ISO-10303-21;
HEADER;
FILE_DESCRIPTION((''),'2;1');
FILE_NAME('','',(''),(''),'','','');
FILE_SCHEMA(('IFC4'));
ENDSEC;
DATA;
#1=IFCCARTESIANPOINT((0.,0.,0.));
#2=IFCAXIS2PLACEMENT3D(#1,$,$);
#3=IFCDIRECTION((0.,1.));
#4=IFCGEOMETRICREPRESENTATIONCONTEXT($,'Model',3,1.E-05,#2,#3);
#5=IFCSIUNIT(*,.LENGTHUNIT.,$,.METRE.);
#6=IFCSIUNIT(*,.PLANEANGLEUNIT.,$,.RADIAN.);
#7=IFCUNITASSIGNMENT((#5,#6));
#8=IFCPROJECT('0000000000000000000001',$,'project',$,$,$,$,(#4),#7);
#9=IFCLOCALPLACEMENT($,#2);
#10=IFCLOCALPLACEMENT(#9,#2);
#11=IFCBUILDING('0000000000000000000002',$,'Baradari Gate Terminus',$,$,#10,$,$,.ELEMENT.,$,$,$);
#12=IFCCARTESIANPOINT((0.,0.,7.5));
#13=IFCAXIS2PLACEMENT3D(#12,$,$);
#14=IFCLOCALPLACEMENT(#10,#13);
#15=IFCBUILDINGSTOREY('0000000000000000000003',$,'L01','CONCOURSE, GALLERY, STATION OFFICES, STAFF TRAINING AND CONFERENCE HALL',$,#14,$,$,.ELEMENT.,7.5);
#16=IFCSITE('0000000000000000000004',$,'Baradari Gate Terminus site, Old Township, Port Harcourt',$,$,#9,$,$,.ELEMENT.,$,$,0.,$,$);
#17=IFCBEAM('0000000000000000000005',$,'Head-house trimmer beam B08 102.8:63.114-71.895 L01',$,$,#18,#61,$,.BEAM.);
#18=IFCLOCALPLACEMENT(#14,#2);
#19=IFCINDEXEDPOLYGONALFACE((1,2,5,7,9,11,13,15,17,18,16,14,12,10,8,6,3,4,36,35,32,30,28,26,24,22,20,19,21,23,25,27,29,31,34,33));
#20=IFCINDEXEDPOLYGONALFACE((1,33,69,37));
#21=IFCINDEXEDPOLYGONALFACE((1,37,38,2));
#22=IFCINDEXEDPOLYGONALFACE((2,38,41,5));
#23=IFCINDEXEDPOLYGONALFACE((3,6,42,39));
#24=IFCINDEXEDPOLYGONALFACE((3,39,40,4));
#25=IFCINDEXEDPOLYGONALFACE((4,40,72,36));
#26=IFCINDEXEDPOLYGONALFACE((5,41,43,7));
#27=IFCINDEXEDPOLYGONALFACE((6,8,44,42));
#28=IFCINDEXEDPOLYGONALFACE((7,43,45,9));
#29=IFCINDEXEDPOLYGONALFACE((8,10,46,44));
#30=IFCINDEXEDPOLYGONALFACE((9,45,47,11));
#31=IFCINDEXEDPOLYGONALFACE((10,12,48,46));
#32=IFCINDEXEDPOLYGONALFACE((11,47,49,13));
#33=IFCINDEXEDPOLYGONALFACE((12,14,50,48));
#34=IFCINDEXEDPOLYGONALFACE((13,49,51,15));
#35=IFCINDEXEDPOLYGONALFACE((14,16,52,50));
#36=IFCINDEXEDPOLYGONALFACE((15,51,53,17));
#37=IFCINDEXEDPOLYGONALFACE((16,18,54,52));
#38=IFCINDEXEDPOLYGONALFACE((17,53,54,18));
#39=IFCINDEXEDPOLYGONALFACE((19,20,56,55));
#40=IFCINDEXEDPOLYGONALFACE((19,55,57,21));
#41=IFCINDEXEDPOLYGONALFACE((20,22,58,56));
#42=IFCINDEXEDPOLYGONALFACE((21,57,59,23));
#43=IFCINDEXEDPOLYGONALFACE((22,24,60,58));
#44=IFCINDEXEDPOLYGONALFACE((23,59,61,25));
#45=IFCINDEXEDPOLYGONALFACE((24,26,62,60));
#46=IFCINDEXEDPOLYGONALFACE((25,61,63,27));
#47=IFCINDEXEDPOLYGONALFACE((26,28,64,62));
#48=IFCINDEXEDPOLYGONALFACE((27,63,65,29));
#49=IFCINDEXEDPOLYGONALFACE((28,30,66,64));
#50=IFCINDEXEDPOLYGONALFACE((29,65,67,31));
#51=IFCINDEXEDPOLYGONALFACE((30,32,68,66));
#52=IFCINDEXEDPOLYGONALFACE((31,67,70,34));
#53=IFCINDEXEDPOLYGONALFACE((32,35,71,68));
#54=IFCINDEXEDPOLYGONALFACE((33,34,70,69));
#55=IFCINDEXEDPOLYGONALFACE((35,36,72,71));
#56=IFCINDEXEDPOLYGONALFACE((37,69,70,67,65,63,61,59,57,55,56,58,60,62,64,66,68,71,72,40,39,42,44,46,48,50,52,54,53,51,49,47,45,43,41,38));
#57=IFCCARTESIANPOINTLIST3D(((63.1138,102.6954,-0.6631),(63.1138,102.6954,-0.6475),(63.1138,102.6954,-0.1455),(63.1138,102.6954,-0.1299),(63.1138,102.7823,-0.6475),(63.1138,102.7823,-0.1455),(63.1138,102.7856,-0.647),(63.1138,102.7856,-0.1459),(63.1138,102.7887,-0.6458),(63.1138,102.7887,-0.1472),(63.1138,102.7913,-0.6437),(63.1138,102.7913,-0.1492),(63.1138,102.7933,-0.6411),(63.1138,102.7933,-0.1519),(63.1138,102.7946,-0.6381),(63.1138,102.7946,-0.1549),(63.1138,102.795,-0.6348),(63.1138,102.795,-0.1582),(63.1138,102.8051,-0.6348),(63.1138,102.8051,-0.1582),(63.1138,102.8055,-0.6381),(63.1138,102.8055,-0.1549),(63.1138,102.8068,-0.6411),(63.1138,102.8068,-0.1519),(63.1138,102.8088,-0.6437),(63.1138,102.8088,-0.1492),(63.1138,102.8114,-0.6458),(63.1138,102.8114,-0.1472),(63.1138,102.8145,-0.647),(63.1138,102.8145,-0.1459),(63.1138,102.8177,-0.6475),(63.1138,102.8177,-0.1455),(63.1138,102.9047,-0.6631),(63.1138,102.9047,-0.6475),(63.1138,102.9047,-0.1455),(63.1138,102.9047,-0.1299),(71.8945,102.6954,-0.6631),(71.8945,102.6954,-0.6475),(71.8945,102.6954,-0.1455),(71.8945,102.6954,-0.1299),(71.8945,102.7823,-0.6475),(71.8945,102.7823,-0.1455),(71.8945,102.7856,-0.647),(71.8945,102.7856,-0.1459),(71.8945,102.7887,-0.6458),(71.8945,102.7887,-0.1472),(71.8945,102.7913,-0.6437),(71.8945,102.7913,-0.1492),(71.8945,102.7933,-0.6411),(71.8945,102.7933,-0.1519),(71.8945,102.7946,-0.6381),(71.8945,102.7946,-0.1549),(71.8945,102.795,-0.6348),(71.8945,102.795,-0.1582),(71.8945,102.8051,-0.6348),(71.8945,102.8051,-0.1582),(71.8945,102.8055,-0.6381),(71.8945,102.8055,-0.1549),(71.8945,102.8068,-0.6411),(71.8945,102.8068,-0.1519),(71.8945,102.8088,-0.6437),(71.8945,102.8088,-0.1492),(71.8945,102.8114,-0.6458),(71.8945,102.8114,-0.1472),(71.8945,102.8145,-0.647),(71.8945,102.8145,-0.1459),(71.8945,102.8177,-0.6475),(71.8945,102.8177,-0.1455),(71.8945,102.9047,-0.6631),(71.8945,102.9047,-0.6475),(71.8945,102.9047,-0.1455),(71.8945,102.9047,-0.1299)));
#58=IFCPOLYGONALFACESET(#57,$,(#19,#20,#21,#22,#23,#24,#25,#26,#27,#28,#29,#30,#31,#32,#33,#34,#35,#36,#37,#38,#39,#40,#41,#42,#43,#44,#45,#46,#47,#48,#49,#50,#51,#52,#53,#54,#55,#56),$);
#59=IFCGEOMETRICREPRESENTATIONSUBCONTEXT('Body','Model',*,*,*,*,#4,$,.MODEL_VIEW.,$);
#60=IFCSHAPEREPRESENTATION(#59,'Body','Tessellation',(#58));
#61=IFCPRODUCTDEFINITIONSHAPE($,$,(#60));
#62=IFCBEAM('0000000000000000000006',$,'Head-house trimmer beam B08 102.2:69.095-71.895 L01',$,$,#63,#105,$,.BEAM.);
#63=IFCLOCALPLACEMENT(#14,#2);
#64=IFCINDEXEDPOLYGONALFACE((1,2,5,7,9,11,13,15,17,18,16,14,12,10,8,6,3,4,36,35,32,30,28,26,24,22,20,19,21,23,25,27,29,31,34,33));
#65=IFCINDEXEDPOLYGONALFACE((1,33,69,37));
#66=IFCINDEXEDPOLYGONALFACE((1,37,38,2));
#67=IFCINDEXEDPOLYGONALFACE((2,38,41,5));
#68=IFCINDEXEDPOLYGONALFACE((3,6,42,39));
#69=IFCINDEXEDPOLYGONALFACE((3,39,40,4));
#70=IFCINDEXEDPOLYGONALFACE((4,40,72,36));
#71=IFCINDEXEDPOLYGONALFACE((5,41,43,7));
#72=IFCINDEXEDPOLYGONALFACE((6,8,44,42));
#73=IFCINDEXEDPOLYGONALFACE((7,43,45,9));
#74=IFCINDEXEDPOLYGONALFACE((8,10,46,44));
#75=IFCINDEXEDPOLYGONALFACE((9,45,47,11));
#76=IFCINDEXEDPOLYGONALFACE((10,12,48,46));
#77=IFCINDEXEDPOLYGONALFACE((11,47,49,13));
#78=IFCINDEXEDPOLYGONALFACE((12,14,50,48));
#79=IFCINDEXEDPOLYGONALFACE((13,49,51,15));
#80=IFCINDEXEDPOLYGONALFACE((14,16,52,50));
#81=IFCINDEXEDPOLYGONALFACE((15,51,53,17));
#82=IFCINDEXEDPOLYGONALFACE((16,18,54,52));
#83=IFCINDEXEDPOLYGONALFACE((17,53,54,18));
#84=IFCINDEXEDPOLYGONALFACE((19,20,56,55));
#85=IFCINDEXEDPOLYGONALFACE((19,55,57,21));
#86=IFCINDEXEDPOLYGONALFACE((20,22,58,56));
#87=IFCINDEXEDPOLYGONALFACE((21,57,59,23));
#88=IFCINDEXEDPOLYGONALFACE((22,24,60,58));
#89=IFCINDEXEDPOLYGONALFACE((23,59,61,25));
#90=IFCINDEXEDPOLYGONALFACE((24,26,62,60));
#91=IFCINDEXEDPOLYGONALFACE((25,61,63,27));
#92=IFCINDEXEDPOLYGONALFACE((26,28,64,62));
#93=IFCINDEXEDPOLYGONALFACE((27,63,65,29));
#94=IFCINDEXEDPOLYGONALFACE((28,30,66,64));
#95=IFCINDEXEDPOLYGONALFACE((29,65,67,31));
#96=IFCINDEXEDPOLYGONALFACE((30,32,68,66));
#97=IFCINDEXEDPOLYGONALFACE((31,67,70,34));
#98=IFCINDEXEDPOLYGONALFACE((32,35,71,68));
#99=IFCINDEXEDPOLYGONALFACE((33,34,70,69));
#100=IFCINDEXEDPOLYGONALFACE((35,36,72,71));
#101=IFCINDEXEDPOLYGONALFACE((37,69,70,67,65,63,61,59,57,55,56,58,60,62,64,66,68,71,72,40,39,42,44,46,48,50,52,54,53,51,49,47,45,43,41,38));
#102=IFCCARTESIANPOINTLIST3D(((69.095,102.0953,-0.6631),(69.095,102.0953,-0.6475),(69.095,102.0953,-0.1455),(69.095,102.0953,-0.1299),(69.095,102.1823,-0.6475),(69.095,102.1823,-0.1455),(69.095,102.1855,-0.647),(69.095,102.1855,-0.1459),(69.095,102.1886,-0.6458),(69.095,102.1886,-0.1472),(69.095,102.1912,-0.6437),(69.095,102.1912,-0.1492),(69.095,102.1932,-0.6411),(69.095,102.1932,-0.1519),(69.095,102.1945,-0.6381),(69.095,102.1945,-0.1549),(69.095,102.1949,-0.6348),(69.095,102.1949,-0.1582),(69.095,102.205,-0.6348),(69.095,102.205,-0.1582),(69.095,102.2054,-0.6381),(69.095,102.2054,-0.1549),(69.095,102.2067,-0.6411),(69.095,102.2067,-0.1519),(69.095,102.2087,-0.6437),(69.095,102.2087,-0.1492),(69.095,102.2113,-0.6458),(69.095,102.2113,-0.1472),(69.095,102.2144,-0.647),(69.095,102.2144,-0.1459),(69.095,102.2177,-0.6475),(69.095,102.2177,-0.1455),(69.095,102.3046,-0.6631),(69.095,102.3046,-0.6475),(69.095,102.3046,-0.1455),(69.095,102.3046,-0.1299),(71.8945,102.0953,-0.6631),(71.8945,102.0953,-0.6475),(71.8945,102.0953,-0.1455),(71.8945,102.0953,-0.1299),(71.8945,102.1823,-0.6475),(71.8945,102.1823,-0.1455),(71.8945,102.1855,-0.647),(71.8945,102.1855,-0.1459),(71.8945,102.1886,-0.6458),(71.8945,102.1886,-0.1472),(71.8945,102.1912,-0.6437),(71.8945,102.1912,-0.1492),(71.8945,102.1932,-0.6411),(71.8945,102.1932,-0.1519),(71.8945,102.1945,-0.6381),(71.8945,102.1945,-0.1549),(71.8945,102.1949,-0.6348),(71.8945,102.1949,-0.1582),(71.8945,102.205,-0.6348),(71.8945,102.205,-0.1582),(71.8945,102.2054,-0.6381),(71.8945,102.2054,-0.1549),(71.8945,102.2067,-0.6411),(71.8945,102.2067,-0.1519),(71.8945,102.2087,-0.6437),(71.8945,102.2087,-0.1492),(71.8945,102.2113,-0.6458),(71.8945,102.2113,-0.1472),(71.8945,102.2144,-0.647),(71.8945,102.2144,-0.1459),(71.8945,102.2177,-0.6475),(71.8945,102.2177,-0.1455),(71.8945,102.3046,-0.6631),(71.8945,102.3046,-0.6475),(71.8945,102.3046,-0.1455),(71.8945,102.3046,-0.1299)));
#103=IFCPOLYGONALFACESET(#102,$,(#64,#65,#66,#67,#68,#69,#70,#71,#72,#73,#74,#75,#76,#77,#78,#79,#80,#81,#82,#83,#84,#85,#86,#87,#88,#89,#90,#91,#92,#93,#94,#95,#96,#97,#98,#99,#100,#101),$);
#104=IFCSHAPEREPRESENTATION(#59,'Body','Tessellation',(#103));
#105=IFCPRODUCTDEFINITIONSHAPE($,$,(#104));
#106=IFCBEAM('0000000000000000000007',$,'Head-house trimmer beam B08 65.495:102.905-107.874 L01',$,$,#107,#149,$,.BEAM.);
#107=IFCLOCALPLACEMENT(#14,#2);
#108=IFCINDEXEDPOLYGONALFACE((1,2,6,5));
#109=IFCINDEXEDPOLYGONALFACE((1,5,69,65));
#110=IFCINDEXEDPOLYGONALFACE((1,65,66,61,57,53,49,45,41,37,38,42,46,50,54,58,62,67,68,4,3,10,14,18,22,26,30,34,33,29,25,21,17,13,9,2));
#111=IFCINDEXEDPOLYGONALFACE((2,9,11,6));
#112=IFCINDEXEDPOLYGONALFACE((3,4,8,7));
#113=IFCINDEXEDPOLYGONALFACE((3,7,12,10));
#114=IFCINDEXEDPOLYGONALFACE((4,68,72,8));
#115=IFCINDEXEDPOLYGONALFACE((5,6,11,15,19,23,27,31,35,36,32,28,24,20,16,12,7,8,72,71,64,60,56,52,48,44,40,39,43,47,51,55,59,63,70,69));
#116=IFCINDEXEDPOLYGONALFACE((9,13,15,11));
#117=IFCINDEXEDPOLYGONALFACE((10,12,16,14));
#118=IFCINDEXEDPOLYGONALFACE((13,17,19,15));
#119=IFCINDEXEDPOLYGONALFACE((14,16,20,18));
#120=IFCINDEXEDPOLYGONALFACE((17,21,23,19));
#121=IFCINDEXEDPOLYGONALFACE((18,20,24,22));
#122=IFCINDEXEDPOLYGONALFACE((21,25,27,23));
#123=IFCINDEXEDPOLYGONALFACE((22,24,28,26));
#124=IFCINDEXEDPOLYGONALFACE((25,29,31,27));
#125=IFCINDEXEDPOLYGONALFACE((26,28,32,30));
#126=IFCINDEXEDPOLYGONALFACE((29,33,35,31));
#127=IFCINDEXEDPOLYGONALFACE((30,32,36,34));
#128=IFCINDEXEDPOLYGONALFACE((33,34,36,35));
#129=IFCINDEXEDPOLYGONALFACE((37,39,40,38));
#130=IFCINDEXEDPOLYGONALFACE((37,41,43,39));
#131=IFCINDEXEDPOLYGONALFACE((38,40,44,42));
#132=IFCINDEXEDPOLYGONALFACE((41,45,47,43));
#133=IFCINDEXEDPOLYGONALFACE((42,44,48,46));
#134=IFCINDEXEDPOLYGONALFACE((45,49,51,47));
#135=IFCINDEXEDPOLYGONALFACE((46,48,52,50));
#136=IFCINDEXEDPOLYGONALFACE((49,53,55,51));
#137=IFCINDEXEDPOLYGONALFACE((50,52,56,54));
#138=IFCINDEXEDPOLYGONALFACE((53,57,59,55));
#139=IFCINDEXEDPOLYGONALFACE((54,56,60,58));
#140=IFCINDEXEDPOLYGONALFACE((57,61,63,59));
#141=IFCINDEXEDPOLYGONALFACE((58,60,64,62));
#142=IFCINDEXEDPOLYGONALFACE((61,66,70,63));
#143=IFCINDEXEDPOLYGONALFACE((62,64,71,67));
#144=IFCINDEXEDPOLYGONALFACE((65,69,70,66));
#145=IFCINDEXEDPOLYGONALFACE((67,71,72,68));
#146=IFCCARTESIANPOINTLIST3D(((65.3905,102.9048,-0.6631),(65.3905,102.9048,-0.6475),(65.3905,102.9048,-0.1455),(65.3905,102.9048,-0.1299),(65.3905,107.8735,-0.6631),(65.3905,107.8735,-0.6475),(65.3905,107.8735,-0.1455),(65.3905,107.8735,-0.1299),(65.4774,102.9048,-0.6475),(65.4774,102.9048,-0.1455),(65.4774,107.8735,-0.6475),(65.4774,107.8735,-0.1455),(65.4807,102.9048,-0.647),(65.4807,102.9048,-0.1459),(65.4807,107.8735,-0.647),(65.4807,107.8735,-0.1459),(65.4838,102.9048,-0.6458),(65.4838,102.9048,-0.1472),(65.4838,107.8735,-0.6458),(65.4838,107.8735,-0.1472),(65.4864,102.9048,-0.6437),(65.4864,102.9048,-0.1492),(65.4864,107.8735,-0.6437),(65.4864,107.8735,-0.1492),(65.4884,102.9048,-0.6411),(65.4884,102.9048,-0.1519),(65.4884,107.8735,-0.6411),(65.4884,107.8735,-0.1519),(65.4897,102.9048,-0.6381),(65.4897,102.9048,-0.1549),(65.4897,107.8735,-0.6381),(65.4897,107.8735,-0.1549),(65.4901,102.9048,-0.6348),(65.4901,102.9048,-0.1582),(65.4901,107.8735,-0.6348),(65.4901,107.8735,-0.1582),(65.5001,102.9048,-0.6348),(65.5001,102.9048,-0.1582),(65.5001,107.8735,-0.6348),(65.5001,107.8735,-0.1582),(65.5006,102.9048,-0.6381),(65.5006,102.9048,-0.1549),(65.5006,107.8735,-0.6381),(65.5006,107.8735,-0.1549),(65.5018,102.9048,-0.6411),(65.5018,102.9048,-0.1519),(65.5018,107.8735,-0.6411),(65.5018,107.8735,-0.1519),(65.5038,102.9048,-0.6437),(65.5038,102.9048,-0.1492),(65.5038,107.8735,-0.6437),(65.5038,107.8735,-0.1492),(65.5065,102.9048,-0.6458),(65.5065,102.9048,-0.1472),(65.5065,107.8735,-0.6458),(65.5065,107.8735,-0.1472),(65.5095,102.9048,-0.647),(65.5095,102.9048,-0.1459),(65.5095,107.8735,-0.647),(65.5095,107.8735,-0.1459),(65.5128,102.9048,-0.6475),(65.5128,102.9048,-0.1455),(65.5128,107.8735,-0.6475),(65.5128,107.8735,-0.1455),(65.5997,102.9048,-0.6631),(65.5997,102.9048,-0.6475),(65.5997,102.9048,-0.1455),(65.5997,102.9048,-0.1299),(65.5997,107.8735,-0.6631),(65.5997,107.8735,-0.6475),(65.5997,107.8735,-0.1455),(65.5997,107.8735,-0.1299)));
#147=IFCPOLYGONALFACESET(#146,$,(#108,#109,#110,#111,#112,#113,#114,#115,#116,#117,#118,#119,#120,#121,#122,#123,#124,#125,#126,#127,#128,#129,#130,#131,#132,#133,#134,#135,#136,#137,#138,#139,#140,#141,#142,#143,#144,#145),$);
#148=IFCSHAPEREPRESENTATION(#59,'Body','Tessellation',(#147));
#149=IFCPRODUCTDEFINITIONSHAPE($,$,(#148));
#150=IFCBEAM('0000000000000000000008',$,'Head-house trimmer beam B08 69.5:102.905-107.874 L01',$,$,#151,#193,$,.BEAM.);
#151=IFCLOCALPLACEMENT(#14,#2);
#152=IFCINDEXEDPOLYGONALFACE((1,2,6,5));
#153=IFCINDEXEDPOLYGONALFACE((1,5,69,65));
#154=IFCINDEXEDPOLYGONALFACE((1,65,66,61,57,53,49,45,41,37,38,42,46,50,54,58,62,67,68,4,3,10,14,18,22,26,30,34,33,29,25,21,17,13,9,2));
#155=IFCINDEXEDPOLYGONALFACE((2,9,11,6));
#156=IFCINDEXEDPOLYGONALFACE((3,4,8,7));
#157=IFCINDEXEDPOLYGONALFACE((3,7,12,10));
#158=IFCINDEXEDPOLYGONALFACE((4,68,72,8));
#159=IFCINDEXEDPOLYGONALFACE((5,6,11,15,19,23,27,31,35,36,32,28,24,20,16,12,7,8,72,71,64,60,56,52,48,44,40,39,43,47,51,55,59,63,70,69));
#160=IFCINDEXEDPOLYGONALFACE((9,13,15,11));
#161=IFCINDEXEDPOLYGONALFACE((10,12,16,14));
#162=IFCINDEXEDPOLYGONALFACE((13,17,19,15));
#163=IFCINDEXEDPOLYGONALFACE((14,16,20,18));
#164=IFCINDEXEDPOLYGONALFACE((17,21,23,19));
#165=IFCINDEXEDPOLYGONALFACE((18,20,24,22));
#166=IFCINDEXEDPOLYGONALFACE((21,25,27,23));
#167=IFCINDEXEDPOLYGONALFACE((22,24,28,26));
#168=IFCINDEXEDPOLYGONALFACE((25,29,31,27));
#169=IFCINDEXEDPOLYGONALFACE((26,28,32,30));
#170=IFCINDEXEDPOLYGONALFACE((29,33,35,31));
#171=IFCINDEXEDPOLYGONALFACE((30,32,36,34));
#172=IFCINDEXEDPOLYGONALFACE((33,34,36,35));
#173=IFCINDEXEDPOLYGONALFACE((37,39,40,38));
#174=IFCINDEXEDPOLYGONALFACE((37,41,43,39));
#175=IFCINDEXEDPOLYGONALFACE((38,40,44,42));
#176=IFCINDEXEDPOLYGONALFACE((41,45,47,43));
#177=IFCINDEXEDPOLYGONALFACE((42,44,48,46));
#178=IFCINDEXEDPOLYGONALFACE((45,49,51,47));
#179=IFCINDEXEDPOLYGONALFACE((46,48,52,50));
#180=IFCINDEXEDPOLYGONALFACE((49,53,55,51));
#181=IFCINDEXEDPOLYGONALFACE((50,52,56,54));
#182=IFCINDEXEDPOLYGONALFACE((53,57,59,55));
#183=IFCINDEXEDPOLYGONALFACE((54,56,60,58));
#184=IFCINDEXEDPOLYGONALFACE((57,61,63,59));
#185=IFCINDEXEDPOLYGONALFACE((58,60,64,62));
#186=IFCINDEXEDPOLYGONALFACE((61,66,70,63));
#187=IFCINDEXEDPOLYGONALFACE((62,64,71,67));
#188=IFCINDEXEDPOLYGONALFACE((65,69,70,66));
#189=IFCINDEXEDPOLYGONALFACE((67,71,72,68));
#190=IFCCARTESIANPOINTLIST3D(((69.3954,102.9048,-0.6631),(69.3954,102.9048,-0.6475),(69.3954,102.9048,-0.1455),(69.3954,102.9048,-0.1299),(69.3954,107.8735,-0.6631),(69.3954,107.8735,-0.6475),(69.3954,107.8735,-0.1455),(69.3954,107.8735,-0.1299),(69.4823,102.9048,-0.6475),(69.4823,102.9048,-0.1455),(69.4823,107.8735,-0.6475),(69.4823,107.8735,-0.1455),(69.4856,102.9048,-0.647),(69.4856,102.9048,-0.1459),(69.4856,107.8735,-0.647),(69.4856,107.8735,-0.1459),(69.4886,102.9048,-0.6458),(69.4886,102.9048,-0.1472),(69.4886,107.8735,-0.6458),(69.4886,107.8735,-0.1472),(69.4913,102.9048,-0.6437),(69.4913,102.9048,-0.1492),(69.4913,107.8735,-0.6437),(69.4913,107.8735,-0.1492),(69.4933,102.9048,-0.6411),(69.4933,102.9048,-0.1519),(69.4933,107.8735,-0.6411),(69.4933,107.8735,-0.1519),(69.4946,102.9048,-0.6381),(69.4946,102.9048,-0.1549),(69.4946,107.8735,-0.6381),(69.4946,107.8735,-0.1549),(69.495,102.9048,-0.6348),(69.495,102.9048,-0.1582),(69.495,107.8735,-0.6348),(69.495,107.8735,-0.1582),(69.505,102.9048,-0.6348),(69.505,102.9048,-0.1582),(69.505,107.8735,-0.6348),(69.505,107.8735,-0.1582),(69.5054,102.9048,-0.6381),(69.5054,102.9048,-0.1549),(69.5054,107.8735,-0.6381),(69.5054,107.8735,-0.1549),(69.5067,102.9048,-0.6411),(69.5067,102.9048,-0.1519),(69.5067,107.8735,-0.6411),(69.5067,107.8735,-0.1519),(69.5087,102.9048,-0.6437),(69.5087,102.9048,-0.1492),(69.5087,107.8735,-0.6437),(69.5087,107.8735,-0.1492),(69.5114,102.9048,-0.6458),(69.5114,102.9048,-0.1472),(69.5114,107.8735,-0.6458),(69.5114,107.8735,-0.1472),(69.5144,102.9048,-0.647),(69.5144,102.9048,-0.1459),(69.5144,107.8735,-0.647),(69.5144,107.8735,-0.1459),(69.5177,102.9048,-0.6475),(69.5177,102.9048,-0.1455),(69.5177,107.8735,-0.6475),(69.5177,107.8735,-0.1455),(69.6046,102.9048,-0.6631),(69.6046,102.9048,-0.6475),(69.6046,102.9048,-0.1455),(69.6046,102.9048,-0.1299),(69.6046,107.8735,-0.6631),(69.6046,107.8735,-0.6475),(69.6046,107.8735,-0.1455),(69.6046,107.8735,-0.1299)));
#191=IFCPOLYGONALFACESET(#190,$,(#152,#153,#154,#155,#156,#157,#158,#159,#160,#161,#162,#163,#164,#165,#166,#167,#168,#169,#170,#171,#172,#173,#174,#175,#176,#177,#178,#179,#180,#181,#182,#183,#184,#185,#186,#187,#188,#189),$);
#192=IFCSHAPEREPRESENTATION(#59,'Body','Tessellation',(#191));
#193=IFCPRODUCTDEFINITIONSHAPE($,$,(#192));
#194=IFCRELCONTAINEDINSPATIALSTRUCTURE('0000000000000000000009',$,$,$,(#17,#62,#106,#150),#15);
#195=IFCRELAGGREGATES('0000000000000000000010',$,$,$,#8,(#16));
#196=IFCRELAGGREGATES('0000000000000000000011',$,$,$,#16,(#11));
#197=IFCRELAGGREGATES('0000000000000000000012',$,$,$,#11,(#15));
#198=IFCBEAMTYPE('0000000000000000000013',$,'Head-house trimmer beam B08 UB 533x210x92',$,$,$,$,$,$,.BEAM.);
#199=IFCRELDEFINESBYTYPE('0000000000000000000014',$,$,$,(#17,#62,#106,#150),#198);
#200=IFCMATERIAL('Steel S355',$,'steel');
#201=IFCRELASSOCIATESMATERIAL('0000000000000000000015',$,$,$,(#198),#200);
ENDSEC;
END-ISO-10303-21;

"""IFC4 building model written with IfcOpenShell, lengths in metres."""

from ifc_helpers import new_model, si_unit, direction, frame, origin, origin_2d, place, context, subcontext, project, spatial, i_section, extrude, material, material_profile, profile_set, type_object, element, save


model = new_model("IFC4")

# Units and contexts
model_context = context("Model", 3, precision=1e-05, world=origin(), true_north=direction((0.0, 1.0)))
body_context = subcontext(model_context, "Body", "Model", "MODEL_VIEW")
ifc_project = project(units=[si_unit("LENGTHUNIT", "METRE"), si_unit("PLANEANGLEUNIT", "RADIAN")], contexts=[model_context])

# Site, building, storey
site_placement = place(None, origin())
site = spatial("IfcSite", under=ifc_project, at=site_placement, Name="Baradari Gate Terminus site, Old Township, Port Harcourt", CompositionType="ELEMENT", RefElevation=0.0)
building_placement = place(site_placement, origin())
building = spatial("IfcBuilding", under=site, at=building_placement, Name="Baradari Gate Terminus", CompositionType="ELEMENT")
storey_placement = place(building_placement, frame((0.0, 0.0, 7.5)))
storey = spatial("IfcBuildingStorey", under=building, at=storey_placement, Name="L01", Description="CONCOURSE, GALLERY, STATION OFFICES, STAFF TRAINING AND CONFERENCE HALL", CompositionType="ELEMENT", Elevation=7.5)

# Beams
ifc_material_1 = material(Name="Steel S355", Category="steel")
ifc_material_profile_1 = material_profile(ifc_material_1, i_section(OverallWidth=0.2092, OverallDepth=0.5332, WebThickness=0.01, FlangeThickness=0.0156, FilletRadius=0.0127, at=origin_2d()), Name="UB 533x210x92")
ifc_profile_set_1 = profile_set([ifc_material_profile_1], Name="Steel S355")
beam_type_1 = type_object("IfcBeamType", Name="Head-house trimmer beam B08 UB 533x210x92", PredefinedType="BEAM", material=ifc_profile_set_1)
beam_1_placement = place(storey_placement, frame((63.1138, 102.8, -0.3965), z_axis=(1.0, 0.0, 0.0), x_axis=(0.0, 1.0, 0.0)))
element("IfcBeam", 1, at=beam_1_placement, inside=storey, type_object=beam_type_1, Name="Head-house trimmer beam B08 102.8:63.114-71.895 L01", PredefinedType="BEAM", context=body_context, shape_type="SweptSolid", body=[
    extrude(i_section(OverallWidth=0.2092, OverallDepth=0.5332, WebThickness=0.01, FlangeThickness=0.0156, FilletRadius=0.0127, at=origin_2d()), origin(), (0.0, 0.0, 1.0), 8.7808),
])
beam_2_placement = place(storey_placement, frame((69.095, 102.2, -0.3965), z_axis=(1.0, 0.0, 0.0), x_axis=(0.0, 1.0, 0.0)))
element("IfcBeam", 2, at=beam_2_placement, inside=storey, type_object=beam_type_1, Name="Head-house trimmer beam B08 102.2:69.095-71.895 L01", PredefinedType="BEAM", context=body_context, shape_type="SweptSolid", body=[
    extrude(i_section(OverallWidth=0.2092, OverallDepth=0.5332, WebThickness=0.01, FlangeThickness=0.0156, FilletRadius=0.0127, at=origin_2d()), origin(), (0.0, 0.0, 1.0), 2.7996),
])
for number, where, z_axis, x_axis, name in (
    (3, (65.4951, 102.9048, -0.3965), (0.0, 1.0, 0.0), (-1.0, 0.0, 0.0), "Head-house trimmer beam B08 65.495:102.905-107.874 L01"),
    (4, (69.5, 102.9048, -0.3965), (0.0, 1.0, 0.0), (-1.0, 0.0, 0.0), "Head-house trimmer beam B08 69.5:102.905-107.874 L01"),
):
    element("IfcBeam", number, at=place(storey_placement, frame(where, z_axis=z_axis, x_axis=x_axis)), inside=storey, type_object=beam_type_1, Name=name, PredefinedType="BEAM", context=body_context, shape_type="SweptSolid", body=[
        extrude(i_section(OverallWidth=0.2092, OverallDepth=0.5332, WebThickness=0.01, FlangeThickness=0.0156, FilletRadius=0.0127, at=origin_2d()), origin(), (0.0, 0.0, 1.0), 4.9688),
    ])

save(model, "model.ifc")
